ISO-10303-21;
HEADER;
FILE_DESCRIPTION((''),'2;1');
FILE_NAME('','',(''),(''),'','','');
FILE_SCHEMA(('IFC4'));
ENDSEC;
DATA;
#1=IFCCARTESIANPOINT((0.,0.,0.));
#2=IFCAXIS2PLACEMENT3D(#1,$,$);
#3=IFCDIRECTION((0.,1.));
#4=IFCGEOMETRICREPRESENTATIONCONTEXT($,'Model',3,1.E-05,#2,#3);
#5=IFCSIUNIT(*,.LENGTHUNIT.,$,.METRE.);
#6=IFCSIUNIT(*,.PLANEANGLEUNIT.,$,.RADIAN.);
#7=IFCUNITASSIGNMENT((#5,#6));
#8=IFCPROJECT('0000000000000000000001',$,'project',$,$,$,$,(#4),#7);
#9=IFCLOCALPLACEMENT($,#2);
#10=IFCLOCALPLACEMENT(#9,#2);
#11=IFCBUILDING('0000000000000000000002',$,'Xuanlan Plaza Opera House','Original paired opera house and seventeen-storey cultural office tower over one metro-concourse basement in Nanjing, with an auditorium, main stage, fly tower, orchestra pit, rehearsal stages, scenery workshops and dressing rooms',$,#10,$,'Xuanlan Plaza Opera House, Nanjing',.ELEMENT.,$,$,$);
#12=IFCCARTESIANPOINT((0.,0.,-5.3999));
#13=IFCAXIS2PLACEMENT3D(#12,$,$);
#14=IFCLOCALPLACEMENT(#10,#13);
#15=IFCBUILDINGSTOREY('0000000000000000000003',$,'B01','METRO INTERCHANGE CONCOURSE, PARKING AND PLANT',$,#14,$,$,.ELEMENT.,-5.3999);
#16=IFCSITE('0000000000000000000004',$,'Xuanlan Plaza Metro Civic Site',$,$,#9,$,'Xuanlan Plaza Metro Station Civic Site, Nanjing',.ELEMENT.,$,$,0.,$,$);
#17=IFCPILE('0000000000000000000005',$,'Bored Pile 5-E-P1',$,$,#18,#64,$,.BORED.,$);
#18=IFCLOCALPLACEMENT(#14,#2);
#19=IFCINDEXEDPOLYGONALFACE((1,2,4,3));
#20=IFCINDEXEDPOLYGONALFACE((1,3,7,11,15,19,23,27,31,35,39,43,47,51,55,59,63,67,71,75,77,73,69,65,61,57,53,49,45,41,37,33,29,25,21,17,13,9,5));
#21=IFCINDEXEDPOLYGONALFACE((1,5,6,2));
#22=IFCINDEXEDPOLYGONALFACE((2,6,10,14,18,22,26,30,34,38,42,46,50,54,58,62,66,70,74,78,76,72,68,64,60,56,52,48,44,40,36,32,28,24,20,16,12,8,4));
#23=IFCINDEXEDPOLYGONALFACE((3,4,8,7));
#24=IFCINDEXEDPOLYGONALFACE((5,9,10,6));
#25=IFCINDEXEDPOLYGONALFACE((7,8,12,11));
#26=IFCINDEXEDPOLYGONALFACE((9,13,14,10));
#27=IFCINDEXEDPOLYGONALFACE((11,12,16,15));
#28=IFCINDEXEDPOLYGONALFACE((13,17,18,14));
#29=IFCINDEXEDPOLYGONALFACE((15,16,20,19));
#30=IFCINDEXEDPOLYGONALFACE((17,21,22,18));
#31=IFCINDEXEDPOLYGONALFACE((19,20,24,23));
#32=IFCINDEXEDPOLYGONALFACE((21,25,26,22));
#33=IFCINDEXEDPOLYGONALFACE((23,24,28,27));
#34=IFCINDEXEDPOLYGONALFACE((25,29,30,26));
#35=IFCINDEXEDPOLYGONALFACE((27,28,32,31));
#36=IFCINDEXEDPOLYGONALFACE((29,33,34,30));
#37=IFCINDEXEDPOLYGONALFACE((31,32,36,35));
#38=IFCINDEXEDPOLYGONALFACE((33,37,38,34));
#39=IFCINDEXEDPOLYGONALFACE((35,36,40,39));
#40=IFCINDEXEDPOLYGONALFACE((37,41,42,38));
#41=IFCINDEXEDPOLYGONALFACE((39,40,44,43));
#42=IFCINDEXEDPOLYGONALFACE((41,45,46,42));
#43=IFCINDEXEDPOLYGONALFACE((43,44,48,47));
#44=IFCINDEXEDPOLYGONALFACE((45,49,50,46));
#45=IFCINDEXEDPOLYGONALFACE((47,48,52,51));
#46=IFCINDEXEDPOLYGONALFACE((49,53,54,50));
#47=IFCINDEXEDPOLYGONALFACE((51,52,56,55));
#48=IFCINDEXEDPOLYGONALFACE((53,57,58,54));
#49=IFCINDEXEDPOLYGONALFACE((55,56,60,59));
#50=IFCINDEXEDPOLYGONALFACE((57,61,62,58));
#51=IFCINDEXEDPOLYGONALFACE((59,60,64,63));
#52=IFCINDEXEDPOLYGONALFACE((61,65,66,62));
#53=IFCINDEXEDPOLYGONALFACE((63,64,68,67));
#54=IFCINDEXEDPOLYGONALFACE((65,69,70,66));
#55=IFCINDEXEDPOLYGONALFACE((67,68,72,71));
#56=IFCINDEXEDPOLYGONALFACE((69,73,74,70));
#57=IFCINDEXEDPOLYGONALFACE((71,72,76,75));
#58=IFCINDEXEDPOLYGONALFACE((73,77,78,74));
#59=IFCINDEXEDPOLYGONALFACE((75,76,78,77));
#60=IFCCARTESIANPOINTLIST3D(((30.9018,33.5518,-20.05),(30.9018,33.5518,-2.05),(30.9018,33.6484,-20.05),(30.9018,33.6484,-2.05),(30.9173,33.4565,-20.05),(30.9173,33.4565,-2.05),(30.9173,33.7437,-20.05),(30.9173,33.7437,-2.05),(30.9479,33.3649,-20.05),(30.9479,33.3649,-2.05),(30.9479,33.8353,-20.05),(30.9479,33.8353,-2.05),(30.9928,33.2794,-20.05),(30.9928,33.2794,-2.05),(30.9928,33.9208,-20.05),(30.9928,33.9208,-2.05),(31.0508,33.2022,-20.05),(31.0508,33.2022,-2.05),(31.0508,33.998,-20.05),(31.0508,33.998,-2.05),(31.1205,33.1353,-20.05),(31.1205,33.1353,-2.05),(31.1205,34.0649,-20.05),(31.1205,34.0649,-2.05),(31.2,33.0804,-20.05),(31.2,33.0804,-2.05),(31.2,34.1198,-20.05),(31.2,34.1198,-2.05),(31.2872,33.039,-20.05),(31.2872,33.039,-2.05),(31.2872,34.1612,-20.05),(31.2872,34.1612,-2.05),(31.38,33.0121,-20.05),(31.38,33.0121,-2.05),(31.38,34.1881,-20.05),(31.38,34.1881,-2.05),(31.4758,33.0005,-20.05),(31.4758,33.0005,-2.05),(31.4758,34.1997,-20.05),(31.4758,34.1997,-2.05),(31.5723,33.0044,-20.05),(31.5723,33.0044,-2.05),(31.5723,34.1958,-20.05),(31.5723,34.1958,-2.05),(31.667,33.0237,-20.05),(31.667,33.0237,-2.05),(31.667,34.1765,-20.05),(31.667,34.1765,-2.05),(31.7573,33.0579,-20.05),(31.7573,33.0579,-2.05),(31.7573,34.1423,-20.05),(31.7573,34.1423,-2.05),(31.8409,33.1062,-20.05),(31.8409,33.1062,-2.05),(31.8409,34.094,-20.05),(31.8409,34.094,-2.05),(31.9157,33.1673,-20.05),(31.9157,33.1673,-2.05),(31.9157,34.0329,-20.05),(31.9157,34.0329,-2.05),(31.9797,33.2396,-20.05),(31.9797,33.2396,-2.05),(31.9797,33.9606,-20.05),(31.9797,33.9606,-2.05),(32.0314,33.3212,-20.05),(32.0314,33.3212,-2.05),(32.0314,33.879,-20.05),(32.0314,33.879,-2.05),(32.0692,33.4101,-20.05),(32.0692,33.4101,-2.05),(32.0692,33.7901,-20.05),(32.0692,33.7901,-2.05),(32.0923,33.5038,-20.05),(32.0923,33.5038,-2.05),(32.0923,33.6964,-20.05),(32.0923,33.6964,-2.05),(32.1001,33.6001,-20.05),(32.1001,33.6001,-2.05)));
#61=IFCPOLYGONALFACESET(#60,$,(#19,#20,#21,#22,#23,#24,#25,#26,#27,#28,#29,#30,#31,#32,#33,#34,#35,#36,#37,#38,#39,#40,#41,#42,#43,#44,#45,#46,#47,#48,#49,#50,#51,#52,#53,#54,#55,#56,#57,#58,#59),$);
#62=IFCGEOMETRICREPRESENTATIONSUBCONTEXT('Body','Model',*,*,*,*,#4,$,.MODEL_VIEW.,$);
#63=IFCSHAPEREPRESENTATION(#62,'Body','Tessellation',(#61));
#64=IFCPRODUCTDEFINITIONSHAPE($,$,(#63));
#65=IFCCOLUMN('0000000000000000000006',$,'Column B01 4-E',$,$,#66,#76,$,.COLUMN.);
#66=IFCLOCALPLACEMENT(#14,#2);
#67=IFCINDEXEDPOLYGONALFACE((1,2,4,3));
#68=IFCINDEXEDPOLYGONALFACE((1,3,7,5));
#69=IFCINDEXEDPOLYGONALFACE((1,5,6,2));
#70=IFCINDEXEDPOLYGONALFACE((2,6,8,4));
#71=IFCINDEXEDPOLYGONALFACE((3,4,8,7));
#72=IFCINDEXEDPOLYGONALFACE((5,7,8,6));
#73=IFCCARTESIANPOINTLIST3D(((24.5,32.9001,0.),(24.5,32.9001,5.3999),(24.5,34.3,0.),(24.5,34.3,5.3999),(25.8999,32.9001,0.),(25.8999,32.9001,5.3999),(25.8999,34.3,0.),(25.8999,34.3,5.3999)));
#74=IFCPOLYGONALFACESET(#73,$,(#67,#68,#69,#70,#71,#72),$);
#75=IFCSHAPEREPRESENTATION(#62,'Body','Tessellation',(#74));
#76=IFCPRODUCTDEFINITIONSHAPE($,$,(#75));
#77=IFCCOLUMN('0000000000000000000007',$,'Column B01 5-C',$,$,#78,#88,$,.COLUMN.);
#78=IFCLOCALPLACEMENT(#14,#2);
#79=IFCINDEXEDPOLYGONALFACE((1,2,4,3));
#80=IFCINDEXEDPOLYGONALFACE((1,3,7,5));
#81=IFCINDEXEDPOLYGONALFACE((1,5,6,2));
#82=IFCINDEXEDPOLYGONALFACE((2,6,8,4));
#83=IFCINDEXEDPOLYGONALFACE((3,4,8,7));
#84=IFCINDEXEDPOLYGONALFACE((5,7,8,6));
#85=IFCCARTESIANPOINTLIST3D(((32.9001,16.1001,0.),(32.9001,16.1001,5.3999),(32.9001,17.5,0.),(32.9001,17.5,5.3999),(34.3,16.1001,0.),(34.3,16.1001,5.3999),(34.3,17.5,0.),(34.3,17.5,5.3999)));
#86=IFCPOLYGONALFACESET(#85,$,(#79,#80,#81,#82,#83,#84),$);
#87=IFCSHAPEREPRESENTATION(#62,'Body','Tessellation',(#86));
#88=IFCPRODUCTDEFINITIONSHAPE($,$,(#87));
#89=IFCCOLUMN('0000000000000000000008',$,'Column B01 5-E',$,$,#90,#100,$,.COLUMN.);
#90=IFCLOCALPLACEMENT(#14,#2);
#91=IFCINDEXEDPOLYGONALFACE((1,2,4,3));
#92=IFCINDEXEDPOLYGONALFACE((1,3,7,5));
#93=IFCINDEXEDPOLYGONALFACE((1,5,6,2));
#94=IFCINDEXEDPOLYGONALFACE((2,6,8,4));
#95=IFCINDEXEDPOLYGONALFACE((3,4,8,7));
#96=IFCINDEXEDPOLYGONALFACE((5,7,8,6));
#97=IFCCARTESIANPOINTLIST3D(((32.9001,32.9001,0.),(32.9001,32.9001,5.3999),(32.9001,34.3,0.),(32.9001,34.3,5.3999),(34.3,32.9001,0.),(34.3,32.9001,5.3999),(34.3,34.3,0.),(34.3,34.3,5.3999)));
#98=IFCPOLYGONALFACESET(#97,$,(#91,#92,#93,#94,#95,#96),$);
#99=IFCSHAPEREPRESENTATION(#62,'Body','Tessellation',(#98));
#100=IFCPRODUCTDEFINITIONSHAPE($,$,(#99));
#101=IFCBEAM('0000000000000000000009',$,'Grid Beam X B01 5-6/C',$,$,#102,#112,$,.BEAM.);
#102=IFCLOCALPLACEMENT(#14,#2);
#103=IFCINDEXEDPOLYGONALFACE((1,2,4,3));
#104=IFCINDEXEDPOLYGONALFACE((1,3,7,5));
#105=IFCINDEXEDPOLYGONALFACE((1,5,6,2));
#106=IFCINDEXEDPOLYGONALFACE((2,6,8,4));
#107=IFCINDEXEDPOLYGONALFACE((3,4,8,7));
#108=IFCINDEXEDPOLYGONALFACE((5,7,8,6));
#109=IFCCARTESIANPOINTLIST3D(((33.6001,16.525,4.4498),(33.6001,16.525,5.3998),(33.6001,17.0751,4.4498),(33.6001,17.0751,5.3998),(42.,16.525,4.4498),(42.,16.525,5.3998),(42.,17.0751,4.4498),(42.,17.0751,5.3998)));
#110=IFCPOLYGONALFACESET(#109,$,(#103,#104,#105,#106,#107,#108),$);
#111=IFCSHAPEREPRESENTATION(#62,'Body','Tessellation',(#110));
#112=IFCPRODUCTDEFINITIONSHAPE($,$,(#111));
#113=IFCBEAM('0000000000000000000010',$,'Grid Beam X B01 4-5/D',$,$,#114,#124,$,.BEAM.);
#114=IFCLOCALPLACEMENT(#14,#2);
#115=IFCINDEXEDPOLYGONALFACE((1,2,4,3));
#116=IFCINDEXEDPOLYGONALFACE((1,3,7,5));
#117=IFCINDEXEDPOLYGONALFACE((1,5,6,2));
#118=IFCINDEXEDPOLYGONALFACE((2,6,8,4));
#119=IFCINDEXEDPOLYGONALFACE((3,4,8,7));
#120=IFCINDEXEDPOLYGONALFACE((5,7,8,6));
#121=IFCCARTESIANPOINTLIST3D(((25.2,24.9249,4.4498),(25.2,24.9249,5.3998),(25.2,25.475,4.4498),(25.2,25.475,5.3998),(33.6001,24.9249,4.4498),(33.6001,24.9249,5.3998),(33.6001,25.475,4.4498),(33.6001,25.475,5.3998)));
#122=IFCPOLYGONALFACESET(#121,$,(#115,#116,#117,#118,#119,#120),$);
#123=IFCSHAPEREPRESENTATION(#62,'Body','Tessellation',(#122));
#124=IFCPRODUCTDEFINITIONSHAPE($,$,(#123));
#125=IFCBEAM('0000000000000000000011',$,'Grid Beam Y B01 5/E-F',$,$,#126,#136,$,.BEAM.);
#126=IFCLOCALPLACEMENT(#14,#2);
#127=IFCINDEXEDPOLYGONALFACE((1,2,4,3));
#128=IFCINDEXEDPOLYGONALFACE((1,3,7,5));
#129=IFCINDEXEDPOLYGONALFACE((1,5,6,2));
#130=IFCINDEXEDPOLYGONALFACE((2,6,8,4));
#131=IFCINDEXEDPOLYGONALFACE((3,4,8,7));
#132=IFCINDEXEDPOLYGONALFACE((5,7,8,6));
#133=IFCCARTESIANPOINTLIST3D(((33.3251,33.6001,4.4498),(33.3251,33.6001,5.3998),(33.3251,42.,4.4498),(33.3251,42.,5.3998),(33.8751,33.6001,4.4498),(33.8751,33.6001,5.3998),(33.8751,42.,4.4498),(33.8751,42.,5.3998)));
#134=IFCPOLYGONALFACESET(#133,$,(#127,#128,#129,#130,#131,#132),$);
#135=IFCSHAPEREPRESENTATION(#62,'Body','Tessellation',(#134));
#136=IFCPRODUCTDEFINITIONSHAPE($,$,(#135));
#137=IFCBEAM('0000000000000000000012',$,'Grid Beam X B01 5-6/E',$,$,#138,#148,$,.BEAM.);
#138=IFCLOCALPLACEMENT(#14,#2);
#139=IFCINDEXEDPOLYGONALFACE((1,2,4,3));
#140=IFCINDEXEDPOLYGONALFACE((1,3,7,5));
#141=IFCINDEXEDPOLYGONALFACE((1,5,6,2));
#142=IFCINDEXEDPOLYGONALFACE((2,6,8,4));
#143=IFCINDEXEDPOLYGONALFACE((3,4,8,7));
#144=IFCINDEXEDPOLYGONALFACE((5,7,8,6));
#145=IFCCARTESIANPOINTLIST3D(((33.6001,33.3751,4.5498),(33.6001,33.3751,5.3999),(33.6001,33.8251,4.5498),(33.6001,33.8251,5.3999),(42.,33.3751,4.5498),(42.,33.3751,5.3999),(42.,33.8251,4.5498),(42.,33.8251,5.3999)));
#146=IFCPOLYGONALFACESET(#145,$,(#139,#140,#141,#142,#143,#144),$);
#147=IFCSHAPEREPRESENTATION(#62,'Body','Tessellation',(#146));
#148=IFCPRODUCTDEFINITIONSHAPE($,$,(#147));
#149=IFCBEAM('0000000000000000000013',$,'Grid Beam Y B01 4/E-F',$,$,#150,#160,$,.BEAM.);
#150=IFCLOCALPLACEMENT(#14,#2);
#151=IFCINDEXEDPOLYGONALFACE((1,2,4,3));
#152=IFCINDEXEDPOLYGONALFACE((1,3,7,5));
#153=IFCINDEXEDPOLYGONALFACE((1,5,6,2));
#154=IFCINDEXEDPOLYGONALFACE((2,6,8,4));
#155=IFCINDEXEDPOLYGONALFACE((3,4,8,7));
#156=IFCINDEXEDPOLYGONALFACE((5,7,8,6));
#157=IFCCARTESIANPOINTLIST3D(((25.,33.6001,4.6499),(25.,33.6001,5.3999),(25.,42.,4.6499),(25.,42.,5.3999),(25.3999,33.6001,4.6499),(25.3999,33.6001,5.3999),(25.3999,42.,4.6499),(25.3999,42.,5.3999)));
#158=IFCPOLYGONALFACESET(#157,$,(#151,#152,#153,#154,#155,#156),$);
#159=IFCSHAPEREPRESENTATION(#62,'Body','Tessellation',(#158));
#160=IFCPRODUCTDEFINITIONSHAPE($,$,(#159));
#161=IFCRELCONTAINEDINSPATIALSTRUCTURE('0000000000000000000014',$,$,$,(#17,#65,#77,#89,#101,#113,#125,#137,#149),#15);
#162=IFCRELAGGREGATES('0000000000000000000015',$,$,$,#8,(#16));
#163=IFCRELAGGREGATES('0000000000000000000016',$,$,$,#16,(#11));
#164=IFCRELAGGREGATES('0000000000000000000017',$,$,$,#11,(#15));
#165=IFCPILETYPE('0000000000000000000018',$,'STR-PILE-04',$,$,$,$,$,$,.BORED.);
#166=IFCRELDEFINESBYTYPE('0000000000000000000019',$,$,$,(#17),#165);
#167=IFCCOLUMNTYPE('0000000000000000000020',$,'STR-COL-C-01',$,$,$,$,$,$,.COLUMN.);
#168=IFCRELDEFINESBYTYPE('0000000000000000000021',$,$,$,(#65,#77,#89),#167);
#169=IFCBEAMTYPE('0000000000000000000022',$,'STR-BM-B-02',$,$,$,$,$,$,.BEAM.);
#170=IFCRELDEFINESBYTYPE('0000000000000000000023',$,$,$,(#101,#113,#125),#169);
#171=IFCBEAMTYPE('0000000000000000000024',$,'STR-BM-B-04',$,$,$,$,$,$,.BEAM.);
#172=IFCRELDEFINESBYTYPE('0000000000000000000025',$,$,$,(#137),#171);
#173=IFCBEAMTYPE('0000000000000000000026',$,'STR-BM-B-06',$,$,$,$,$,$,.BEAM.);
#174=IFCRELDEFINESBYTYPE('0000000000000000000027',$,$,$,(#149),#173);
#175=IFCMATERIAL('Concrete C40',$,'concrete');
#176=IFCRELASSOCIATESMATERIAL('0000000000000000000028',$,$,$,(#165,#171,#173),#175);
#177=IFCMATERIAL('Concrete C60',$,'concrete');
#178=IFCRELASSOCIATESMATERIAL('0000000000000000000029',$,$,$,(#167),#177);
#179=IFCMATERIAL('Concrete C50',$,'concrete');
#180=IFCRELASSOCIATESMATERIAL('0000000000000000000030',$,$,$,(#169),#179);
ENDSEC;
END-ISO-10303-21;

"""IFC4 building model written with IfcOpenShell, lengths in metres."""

from ifc_helpers import new_model, si_unit, direction, frame, origin, origin_2d, place, context, subcontext, project, spatial, rectangle, circle, extrude, material, material_profile, profile_set, type_object, element, save


model = new_model("IFC4")

# Units and contexts
model_context = context("Model", 3, precision=1e-05, world=origin(), true_north=direction((0.0, 1.0)))
body_context = subcontext(model_context, "Body", "Model", "MODEL_VIEW")
ifc_project = project(units=[si_unit("LENGTHUNIT", "METRE"), si_unit("PLANEANGLEUNIT", "RADIAN")], contexts=[model_context])

# Site, building, storey
site_placement = place(None, origin())
site = spatial("IfcSite", under=ifc_project, at=site_placement, Name="Xuanlan Plaza Metro Civic Site", LongName="Xuanlan Plaza Metro Station Civic Site, Nanjing", CompositionType="ELEMENT", RefElevation=0.0)
building_placement = place(site_placement, origin())
building = spatial("IfcBuilding", under=site, at=building_placement, Name="Xuanlan Plaza Opera House", Description="Original paired opera house and seventeen-storey cultural office tower over one metro-concourse basement in Nanjing, with an auditorium, main stage, fly tower, orchestra pit, rehearsal stages, scenery workshops and dressing rooms", LongName="Xuanlan Plaza Opera House, Nanjing", CompositionType="ELEMENT")
storey_placement = place(building_placement, frame((0.0, 0.0, -5.3999)))
storey = spatial("IfcBuildingStorey", under=building, at=storey_placement, Name="B01", Description="METRO INTERCHANGE CONCOURSE, PARKING AND PLANT", CompositionType="ELEMENT", Elevation=-5.3999)

# Shared definitions
ifc_material_1 = material(Name="Concrete C50", Category="concrete")

# Pile
ifc_material_2 = material(Name="Concrete C40", Category="concrete")
ifc_material_profile_1 = material_profile(ifc_material_2, circle(Radius=0.6001, at=origin_2d()), Name="PILE D1200")
ifc_profile_set_1 = profile_set([ifc_material_profile_1], Name="Concrete C40")
pile_type = type_object("IfcPileType", Name="STR-PILE-04", PredefinedType="BORED", material=ifc_profile_set_1)
for number, where, z_axis, x_axis, name in (
    (1, (31.5, 33.6001, -2.05), (0.0, 0.0, -1.0), (1.0, 0.0, 0.0), "Bored Pile 5-E-P1"),
):
    element("IfcPile", number, at=place(storey_placement, frame(where, z_axis=z_axis, x_axis=x_axis)), inside=storey, type_object=pile_type, Name=name, PredefinedType="BORED", context=body_context, shape_type="SweptSolid", body=[
        extrude(circle(Radius=0.6001, at=origin_2d()), origin(), (0.0, 0.0, 1.0), 18.0),
    ])

# Columns
ifc_material_3 = material(Name="Concrete C60", Category="concrete")
ifc_material_profile_2 = material_profile(ifc_material_3, rectangle(XDim=1.3999, YDim=1.3999, at=origin_2d()), Name="RC-COL 1400x1400")
ifc_profile_set_2 = profile_set([ifc_material_profile_2], Name="Concrete C60")
column_type = type_object("IfcColumnType", Name="STR-COL-C-01", PredefinedType="COLUMN", material=ifc_profile_set_2)
for number, where, z_axis, x_axis, name in (
    (2, (25.2, 33.6001, 0.0), (0.0, 0.0, 1.0), (1.0, 0.0, 0.0), "Column B01 4-E"),
    (3, (33.6001, 16.8, 0.0), (0.0, 0.0, 1.0), (1.0, 0.0, 0.0), "Column B01 5-C"),
    (4, (33.6001, 33.6001, 0.0), (0.0, 0.0, 1.0), (1.0, 0.0, 0.0), "Column B01 5-E"),
):
    element("IfcColumn", number, at=place(storey_placement, frame(where, z_axis=z_axis, x_axis=x_axis)), inside=storey, type_object=column_type, Name=name, PredefinedType="COLUMN", context=body_context, shape_type="SweptSolid", body=[
        extrude(rectangle(XDim=1.3999, YDim=1.3999, at=origin_2d()), origin(), (0.0, 0.0, 1.0), 5.3999),
    ])

# Beams
ifc_material_profile_3 = material_profile(ifc_material_1, rectangle(XDim=0.55, YDim=0.95, at=origin_2d()), Name="RC-BM 550x950")
ifc_profile_set_3 = profile_set([ifc_material_profile_3], Name="Concrete C50")
beam_type_1 = type_object("IfcBeamType", Name="STR-BM-B-02", PredefinedType="BEAM", material=ifc_profile_set_3)
beam_1_placement = place(storey_placement, frame((33.6001, 16.8, 4.9248), z_axis=(1.0, 0.0, 0.0), x_axis=(0.0, 1.0, 0.0)))
element("IfcBeam", 5, at=beam_1_placement, inside=storey, type_object=beam_type_1, Name="Grid Beam X B01 5-6/C", PredefinedType="BEAM", context=body_context, shape_type="SweptSolid", body=[
    extrude(rectangle(XDim=0.55, YDim=0.95, at=origin_2d()), origin(), (0.0, 0.0, 1.0), 8.3999),
])
beam_2_placement = place(storey_placement, frame((25.2, 25.2, 4.9248), z_axis=(1.0, 0.0, 0.0), x_axis=(0.0, 1.0, 0.0)))
element("IfcBeam", 6, at=beam_2_placement, inside=storey, type_object=beam_type_1, Name="Grid Beam X B01 4-5/D", PredefinedType="BEAM", context=body_context, shape_type="SweptSolid", body=[
    extrude(rectangle(XDim=0.55, YDim=0.95, at=origin_2d()), origin(), (0.0, 0.0, 1.0), 8.4001),
])
beam_3_placement = place(storey_placement, frame((33.6001, 33.6001, 4.9248), z_axis=(0.0, 1.0, 0.0), x_axis=(-1.0, 0.0, 0.0)))
element("IfcBeam", 7, at=beam_3_placement, inside=storey, type_object=beam_type_1, Name="Grid Beam Y B01 5/E-F", PredefinedType="BEAM", context=body_context, shape_type="SweptSolid", body=[
    extrude(rectangle(XDim=0.55, YDim=0.95, at=origin_2d()), origin(), (0.0, 0.0, 1.0), 8.3999),
])
ifc_material_profile_4 = material_profile(ifc_material_2, rectangle(XDim=0.45, YDim=0.8501, at=origin_2d()), Name="RC-BM 450x850")
ifc_profile_set_4 = profile_set([ifc_material_profile_4], Name="Concrete C40")
beam_type_2 = type_object("IfcBeamType", Name="STR-BM-B-04", PredefinedType="BEAM", material=ifc_profile_set_4)
beam_4_placement = place(storey_placement, frame((33.6001, 33.6001, 4.9749), z_axis=(1.0, 0.0, 0.0), x_axis=(0.0, 1.0, 0.0)))
element("IfcBeam", 8, at=beam_4_placement, inside=storey, type_object=beam_type_2, Name="Grid Beam X B01 5-6/E", PredefinedType="BEAM", context=body_context, shape_type="SweptSolid", body=[
    extrude(rectangle(XDim=0.45, YDim=0.8501, at=origin_2d()), origin(), (0.0, 0.0, 1.0), 8.3999),
])
ifc_material_profile_5 = material_profile(ifc_material_2, rectangle(XDim=0.3999, YDim=0.75, at=origin_2d()), Name="RC-BM 400x750")
ifc_profile_set_5 = profile_set([ifc_material_profile_5], Name="Concrete C40")
beam_type_3 = type_object("IfcBeamType", Name="STR-BM-B-06", PredefinedType="BEAM", material=ifc_profile_set_5)
beam_5_placement = place(storey_placement, frame((25.2, 33.6001, 5.0249), z_axis=(0.0, 1.0, 0.0), x_axis=(-1.0, 0.0, 0.0)))
element("IfcBeam", 9, at=beam_5_placement, inside=storey, type_object=beam_type_3, Name="Grid Beam Y B01 4/E-F", PredefinedType="BEAM", context=body_context, shape_type="SweptSolid", body=[
    extrude(rectangle(XDim=0.3999, YDim=0.75, at=origin_2d()), origin(), (0.0, 0.0, 1.0), 8.3999),
])

save(model, "model.ifc")
